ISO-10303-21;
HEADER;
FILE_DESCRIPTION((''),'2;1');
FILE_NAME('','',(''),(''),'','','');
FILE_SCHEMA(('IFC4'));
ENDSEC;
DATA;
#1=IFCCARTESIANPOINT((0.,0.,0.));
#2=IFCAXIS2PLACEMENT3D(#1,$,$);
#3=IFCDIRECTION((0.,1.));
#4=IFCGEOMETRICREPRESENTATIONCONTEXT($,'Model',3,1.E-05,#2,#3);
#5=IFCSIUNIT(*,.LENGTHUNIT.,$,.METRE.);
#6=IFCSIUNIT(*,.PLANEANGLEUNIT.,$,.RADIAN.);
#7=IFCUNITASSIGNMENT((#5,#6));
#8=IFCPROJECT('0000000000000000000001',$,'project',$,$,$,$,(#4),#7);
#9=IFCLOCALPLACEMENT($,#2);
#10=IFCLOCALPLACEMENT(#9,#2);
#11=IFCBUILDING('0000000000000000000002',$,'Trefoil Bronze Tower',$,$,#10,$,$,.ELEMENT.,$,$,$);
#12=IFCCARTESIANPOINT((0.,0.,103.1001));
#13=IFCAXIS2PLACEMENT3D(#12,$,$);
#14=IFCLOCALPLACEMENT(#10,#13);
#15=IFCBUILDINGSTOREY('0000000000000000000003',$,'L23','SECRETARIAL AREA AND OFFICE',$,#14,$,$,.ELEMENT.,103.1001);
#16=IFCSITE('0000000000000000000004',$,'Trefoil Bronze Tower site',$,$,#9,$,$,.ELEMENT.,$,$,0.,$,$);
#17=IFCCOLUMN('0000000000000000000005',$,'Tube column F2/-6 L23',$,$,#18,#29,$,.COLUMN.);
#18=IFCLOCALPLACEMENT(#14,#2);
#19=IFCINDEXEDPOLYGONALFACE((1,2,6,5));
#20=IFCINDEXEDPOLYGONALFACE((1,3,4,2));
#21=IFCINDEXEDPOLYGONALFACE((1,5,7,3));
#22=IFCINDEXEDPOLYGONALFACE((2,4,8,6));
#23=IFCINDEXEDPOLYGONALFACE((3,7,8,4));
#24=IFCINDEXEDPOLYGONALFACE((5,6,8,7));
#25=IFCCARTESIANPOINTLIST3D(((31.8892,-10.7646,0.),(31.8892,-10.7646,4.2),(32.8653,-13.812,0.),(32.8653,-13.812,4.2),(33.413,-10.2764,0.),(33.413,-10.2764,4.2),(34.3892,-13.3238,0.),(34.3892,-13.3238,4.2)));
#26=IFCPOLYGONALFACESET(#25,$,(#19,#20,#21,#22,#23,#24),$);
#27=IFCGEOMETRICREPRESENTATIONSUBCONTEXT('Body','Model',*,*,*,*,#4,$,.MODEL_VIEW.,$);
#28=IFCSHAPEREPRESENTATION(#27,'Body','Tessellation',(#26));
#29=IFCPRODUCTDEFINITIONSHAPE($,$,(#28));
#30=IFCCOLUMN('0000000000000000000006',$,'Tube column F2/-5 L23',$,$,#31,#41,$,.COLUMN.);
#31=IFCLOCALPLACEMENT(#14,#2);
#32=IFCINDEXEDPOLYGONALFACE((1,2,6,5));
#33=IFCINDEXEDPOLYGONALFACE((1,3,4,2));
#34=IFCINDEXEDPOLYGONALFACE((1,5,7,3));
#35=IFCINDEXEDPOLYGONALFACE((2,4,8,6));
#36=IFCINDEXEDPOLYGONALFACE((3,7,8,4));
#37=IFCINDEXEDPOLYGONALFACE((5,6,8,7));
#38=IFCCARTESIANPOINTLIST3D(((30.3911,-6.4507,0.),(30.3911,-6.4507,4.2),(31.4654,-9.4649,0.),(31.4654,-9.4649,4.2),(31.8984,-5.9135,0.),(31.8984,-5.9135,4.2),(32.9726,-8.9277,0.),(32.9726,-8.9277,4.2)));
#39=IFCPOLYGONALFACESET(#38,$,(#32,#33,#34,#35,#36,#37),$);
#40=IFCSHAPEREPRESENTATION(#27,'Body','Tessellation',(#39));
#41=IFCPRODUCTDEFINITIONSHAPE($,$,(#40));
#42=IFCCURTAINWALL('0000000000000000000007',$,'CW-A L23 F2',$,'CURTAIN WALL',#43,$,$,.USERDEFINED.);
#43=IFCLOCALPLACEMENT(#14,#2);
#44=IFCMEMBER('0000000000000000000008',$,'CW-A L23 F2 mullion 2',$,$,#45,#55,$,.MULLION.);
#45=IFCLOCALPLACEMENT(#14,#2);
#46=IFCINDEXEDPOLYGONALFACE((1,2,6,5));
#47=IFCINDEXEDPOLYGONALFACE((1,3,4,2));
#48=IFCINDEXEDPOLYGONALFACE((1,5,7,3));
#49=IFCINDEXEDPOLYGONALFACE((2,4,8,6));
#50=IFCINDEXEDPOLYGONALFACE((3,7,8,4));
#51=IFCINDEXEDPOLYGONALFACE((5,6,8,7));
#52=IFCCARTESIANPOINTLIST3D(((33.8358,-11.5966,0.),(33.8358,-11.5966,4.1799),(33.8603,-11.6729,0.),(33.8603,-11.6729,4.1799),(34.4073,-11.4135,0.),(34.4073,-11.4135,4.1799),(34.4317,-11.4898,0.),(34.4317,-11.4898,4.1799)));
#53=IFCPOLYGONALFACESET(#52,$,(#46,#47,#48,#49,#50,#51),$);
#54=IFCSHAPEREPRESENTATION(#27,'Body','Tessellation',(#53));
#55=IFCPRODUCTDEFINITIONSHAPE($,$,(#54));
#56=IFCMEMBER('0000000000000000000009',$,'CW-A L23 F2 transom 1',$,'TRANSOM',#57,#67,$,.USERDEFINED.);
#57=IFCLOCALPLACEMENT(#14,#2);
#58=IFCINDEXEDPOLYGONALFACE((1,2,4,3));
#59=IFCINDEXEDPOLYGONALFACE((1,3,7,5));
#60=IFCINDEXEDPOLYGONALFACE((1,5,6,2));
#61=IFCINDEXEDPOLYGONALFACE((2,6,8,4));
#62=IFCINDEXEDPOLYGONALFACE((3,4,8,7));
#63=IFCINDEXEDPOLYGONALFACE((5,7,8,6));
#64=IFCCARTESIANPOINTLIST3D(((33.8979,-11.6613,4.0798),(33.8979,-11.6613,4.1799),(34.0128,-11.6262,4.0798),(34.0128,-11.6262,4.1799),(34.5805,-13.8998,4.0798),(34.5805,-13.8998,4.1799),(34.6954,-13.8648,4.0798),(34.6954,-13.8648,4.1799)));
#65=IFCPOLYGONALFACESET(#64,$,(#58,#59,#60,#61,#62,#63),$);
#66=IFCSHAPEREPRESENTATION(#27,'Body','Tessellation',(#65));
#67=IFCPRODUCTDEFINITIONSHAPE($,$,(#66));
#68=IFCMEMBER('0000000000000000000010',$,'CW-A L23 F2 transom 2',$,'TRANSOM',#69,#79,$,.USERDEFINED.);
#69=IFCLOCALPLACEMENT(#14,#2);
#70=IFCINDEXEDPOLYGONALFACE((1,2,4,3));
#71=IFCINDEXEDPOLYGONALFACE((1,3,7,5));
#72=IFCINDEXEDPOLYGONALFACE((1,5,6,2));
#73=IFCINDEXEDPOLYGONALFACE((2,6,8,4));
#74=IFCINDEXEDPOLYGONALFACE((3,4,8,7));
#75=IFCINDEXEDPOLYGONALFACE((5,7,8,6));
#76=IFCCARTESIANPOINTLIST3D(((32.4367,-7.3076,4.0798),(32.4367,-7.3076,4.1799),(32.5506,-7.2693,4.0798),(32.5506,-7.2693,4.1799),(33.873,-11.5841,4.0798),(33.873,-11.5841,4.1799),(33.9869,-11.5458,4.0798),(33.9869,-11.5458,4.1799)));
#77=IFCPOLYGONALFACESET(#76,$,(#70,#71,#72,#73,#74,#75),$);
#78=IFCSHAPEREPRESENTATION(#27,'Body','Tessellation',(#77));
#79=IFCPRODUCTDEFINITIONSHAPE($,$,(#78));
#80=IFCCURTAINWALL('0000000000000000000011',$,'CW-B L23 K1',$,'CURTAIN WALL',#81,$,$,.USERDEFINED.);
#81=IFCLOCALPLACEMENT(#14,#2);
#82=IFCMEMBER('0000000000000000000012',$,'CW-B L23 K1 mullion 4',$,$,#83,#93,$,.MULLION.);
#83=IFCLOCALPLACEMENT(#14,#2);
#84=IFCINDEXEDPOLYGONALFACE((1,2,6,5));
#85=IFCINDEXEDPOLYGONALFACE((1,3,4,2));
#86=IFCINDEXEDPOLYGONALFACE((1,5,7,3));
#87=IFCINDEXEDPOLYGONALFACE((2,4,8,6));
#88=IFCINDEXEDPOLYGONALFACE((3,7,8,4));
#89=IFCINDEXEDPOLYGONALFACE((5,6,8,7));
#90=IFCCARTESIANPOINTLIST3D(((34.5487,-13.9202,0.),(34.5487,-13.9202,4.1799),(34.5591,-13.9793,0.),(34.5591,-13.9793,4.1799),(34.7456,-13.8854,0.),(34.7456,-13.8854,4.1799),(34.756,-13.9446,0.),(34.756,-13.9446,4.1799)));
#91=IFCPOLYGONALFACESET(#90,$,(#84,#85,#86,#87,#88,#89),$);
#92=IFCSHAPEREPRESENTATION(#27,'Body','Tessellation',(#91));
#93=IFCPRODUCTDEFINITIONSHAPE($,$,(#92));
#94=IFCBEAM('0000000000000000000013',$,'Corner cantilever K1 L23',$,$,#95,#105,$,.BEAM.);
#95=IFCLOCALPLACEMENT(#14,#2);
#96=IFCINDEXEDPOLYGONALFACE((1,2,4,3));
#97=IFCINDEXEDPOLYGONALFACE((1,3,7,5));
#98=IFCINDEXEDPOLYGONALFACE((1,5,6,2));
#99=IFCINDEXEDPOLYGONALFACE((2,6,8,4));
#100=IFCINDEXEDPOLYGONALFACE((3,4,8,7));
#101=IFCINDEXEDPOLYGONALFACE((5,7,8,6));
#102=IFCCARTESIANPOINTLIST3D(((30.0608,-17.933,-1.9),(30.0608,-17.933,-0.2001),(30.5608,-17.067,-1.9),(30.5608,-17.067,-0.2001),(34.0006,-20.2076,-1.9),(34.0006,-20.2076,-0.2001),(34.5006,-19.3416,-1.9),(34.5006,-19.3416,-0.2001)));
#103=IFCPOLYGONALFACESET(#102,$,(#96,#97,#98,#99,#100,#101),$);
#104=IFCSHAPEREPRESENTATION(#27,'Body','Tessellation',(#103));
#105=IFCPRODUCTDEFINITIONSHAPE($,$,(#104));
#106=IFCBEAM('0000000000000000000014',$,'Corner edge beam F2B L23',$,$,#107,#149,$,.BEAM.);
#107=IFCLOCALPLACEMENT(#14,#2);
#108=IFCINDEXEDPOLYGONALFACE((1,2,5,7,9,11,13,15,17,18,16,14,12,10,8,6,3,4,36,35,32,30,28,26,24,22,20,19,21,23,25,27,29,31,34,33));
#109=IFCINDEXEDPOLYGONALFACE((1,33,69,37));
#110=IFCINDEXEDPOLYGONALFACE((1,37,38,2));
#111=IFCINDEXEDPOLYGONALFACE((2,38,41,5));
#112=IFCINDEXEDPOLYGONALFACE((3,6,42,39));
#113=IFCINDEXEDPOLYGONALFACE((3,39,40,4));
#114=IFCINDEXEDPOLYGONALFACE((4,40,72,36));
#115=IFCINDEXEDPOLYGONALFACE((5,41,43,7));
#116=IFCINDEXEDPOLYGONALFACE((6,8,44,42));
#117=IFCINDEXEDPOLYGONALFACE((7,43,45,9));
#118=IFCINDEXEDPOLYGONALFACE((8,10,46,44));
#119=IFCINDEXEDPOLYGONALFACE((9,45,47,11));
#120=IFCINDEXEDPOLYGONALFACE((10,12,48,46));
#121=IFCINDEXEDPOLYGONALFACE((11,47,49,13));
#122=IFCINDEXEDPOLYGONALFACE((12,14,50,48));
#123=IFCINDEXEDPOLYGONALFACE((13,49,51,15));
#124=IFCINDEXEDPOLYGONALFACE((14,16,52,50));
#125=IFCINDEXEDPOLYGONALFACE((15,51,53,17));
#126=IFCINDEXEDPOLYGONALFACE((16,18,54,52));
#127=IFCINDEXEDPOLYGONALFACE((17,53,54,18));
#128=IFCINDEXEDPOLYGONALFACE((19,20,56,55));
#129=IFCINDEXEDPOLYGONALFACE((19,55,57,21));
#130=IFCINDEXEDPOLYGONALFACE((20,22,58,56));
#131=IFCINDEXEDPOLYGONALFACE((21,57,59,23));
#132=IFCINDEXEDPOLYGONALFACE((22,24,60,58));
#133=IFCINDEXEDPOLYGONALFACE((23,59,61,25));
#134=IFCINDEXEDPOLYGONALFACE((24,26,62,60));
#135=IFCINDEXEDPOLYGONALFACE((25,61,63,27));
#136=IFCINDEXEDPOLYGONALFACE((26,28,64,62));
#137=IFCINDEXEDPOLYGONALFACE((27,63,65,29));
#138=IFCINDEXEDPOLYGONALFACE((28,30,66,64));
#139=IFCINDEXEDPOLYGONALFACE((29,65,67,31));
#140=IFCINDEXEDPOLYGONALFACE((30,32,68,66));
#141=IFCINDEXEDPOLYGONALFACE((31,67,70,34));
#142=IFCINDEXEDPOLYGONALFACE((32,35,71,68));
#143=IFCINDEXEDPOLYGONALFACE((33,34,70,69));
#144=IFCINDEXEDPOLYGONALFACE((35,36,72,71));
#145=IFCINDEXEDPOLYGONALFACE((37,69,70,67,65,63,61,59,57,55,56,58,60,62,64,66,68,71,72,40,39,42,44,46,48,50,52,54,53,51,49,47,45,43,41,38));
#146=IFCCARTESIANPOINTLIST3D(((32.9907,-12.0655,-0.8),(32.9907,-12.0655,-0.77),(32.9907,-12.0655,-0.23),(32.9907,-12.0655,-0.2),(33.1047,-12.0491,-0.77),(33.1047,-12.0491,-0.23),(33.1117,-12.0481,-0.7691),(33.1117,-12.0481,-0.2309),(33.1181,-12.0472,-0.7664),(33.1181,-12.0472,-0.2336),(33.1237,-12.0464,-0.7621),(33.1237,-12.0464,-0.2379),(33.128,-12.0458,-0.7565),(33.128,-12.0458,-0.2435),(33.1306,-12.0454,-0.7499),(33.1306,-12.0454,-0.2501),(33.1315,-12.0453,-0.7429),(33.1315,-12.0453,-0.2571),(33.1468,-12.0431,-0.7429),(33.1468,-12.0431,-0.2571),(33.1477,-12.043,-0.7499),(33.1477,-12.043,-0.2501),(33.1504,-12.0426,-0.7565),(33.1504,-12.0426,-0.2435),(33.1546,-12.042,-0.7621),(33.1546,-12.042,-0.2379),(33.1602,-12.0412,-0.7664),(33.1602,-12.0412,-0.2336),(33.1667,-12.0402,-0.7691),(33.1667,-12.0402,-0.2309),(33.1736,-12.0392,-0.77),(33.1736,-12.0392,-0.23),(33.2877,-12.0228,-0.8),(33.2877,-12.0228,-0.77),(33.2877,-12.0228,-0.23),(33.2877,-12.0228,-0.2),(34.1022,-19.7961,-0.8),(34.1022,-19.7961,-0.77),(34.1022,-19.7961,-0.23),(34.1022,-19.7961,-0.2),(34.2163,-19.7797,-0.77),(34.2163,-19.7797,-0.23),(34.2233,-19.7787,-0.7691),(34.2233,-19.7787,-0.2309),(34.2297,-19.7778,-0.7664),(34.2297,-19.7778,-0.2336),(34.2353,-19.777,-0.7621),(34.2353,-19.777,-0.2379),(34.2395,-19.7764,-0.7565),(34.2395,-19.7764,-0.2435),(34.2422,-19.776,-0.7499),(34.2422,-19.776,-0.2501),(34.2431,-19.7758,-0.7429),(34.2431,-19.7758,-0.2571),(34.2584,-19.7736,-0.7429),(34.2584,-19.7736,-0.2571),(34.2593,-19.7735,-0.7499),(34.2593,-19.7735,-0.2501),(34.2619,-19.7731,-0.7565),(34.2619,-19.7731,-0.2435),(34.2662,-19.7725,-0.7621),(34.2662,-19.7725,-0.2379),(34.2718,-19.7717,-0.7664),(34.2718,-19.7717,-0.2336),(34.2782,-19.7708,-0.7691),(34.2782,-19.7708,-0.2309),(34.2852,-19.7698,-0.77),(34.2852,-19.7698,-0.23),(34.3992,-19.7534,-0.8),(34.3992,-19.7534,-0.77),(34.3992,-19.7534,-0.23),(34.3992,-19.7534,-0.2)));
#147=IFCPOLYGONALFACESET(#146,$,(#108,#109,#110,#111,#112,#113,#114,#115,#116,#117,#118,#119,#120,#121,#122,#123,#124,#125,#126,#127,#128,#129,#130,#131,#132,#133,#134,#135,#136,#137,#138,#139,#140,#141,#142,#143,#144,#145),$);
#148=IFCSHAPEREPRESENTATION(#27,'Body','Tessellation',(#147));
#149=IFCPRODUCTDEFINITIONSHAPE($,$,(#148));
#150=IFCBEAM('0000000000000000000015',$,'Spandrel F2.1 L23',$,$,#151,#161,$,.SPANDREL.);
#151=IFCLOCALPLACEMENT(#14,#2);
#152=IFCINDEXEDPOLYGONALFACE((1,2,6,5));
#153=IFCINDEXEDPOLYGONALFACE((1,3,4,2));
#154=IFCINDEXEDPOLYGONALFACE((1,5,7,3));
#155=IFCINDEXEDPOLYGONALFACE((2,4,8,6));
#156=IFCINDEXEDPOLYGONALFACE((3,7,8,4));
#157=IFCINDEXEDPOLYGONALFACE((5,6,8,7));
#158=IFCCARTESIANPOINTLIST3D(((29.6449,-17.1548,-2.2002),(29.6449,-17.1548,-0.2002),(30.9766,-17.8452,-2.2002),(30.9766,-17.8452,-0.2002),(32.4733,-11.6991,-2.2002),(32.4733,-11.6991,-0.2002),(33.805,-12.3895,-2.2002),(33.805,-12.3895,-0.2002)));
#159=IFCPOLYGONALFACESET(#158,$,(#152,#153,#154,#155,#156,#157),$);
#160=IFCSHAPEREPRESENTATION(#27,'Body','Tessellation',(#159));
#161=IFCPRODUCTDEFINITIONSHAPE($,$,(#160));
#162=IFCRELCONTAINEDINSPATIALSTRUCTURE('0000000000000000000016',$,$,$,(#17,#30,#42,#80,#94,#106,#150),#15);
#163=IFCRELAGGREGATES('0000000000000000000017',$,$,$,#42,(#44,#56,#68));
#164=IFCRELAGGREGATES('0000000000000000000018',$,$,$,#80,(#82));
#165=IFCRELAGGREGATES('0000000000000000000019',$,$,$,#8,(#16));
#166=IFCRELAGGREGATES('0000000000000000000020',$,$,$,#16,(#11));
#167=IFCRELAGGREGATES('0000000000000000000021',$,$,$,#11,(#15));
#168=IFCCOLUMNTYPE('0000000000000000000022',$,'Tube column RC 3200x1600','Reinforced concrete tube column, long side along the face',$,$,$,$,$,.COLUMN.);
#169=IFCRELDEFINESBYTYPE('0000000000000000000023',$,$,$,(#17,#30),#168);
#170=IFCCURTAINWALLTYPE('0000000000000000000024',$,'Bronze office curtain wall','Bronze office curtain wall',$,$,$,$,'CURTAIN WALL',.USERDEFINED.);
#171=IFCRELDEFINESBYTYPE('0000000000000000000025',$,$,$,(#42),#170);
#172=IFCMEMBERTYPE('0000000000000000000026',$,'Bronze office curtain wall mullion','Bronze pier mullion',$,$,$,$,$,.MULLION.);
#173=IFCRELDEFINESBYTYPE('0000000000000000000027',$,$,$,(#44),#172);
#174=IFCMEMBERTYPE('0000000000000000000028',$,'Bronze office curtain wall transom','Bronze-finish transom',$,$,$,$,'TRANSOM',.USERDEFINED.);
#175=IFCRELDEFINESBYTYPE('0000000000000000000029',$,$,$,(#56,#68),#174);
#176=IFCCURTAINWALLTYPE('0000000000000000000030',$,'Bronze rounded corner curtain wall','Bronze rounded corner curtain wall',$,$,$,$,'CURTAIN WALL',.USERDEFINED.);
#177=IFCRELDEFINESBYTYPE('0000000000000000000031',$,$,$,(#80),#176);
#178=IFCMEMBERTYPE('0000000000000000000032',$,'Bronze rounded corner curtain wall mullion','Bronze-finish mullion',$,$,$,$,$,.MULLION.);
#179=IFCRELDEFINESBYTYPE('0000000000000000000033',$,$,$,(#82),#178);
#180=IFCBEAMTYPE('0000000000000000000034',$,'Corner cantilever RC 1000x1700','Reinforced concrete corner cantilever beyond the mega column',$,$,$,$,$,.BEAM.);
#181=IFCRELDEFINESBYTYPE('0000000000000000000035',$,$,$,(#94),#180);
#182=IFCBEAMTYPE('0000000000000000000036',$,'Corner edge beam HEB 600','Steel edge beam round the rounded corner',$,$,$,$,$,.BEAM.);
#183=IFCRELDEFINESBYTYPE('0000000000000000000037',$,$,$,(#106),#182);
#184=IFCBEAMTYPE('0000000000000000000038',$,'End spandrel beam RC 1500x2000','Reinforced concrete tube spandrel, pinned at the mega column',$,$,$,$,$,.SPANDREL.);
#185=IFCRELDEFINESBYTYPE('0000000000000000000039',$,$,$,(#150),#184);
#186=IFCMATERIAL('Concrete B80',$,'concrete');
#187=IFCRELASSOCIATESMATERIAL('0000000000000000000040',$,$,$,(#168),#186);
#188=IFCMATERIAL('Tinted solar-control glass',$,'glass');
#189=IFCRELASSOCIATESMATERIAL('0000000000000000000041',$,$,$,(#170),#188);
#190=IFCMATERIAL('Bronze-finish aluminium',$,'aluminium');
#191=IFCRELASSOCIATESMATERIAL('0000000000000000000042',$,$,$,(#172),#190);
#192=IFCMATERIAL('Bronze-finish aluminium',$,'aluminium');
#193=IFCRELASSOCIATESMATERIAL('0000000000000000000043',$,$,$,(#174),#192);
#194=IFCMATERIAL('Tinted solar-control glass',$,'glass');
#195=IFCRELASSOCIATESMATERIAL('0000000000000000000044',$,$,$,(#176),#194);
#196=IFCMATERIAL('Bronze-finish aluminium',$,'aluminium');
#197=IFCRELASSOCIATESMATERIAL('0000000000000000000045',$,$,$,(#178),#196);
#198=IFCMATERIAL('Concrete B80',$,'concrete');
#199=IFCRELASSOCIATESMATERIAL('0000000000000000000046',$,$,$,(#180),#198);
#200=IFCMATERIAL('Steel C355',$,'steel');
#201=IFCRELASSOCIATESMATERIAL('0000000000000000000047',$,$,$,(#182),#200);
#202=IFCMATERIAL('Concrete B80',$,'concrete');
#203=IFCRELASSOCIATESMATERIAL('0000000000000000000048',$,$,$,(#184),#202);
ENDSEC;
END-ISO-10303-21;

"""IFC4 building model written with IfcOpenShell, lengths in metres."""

from ifc_helpers import new_model, si_unit, direction, frame, origin, origin_2d, place, context, subcontext, project, spatial, rectangle, i_section, extrude, material, material_profile, profile_set, type_object, element, aggregate, save


model = new_model("IFC4")

# Units and contexts
model_context = context("Model", 3, precision=1e-05, world=origin(), true_north=direction((0.0, 1.0)))
body_context = subcontext(model_context, "Body", "Model", "MODEL_VIEW")
ifc_project = project(units=[si_unit("LENGTHUNIT", "METRE"), si_unit("PLANEANGLEUNIT", "RADIAN")], contexts=[model_context])

# Site, building, storey
site_placement = place(None, origin())
site = spatial("IfcSite", under=ifc_project, at=site_placement, Name="Trefoil Bronze Tower site", CompositionType="ELEMENT", RefElevation=0.0)
building_placement = place(site_placement, origin())
building = spatial("IfcBuilding", under=site, at=building_placement, Name="Trefoil Bronze Tower", CompositionType="ELEMENT")
storey_placement = place(building_placement, frame((0.0, 0.0, 103.1001)))
storey = spatial("IfcBuildingStorey", under=building, at=storey_placement, Name="L23", Description="SECRETARIAL AREA AND OFFICE", CompositionType="ELEMENT", Elevation=103.1001)

# Columns
ifc_material_1 = material(Name="Concrete B80", Category="concrete")
ifc_material_profile_1 = material_profile(ifc_material_1, rectangle(XDim=3.2, YDim=1.6001, at=origin_2d()), Name="RC 3200x1600")
ifc_profile_set_1 = profile_set([ifc_material_profile_1], Name="Concrete B80")
column_type = type_object("IfcColumnType", Name="Tube column RC 3200x1600", Description="Reinforced concrete tube column, long side along the face", PredefinedType="COLUMN", material=ifc_profile_set_1)
for number, where, z_axis, x_axis, name in (
    (1, (33.1392, -12.0442, 0.0), (0.0, 0.0, 1.0), (-0.305066, 0.952331, 0.0), "Tube column F2/-6 L23"),
    (2, (31.6819, -7.6892, 0.0), (0.0, 0.0, 1.0), (-0.335718, 0.941963, 0.0), "Tube column F2/-5 L23"),
):
    element("IfcColumn", number, at=place(storey_placement, frame(where, z_axis=z_axis, x_axis=x_axis)), inside=storey, type_object=column_type, Name=name, PredefinedType="COLUMN", context=body_context, shape_type="SweptSolid", body=[
        extrude(rectangle(XDim=3.2, YDim=1.6001, at=origin_2d()), origin(), (0.0, 0.0, 1.0), 4.2),
    ])

# Curtain wall, members
ifc_material_2 = material(Name="Tinted solar-control glass", Category="glass")
curtain_wall_type_1 = type_object("IfcCurtainWallType", Name="Bronze office curtain wall", Description="Bronze office curtain wall", ElementType="CURTAIN WALL", PredefinedType="USERDEFINED", material=ifc_material_2)
curtain_wall_1_placement = place(storey_placement, origin())
curtain_wall_1 = element("IfcCurtainWall", 3, at=curtain_wall_1_placement, inside=storey, type_object=curtain_wall_type_1, Name="CW-A L23 F2", ObjectType="CURTAIN WALL", PredefinedType="USERDEFINED")
ifc_material_3 = material(Name="Bronze-finish aluminium", Category="aluminium")
ifc_material_profile_2 = material_profile(ifc_material_3, rectangle(XDim=0.6001, YDim=0.0801, at=origin_2d()), Name="CW-A mullion")
ifc_profile_set_2 = profile_set([ifc_material_profile_2], Name="Bronze-finish aluminium")
member_type_1 = type_object("IfcMemberType", Name="Bronze office curtain wall mullion", Description="Bronze pier mullion", PredefinedType="MULLION", material=ifc_profile_set_2)
member_1_placement = place(storey_placement, frame((34.1338, -11.5432, 0.0), z_axis=(0.0, 0.0, 1.0), x_axis=(-0.952331, -0.305066, 0.0)))
member_1 = element("IfcMember", 4, at=member_1_placement, type_object=member_type_1, Name="CW-A L23 F2 mullion 2", PredefinedType="MULLION", context=body_context, shape_type="SweptSolid", body=[
    extrude(rectangle(XDim=0.6001, YDim=0.0801, at=origin_2d()), origin(), (0.0, 0.0, 1.0), 4.1799),
])
ifc_material_4 = material(Name="Bronze-finish aluminium", Category="aluminium")
ifc_material_profile_3 = material_profile(ifc_material_4, rectangle(XDim=0.1201, YDim=0.1001, at=origin_2d()), Name="CW-A transom")
ifc_profile_set_3 = profile_set([ifc_material_profile_3], Name="Bronze-finish aluminium")
member_type_2 = type_object("IfcMemberType", Name="Bronze office curtain wall transom", Description="Bronze-finish transom", ElementType="TRANSOM", PredefinedType="USERDEFINED", material=ifc_profile_set_3)
member_2_placement = place(storey_placement, frame((34.6379, -13.8823, 4.1299), z_axis=(-0.29168, 0.956516, 0.0), x_axis=(-0.956516, -0.29168, 0.0)))
member_2 = element("IfcMember", 5, at=member_2_placement, type_object=member_type_2, Name="CW-A L23 F2 transom 1", ObjectType="TRANSOM", PredefinedType="USERDEFINED", context=body_context, shape_type="SweptSolid", body=[
    extrude(rectangle(XDim=0.1201, YDim=0.1001, at=origin_2d()), origin(), (0.0, 0.0, 1.0), 2.3403),
])
member_3_placement = place(storey_placement, frame((33.9299, -11.5649, 4.1299), z_axis=(-0.318386, 0.947961, 0.0), x_axis=(-0.947961, -0.318386, 0.0)))
member_3 = element("IfcMember", 6, at=member_3_placement, type_object=member_type_2, Name="CW-A L23 F2 transom 2", ObjectType="TRANSOM", PredefinedType="USERDEFINED", context=body_context, shape_type="SweptSolid", body=[
    extrude(rectangle(XDim=0.1201, YDim=0.1001, at=origin_2d()), origin(), (0.0, 0.0, 1.0), 4.5112),
])

# Curtain wall, member
ifc_material_5 = material(Name="Tinted solar-control glass", Category="glass")
curtain_wall_type_2 = type_object("IfcCurtainWallType", Name="Bronze rounded corner curtain wall", Description="Bronze rounded corner curtain wall", ElementType="CURTAIN WALL", PredefinedType="USERDEFINED", material=ifc_material_5)
curtain_wall_2_placement = place(storey_placement, origin())
curtain_wall_2 = element("IfcCurtainWall", 7, at=curtain_wall_2_placement, inside=storey, type_object=curtain_wall_type_2, Name="CW-B L23 K1", ObjectType="CURTAIN WALL", PredefinedType="USERDEFINED")
ifc_material_6 = material(Name="Bronze-finish aluminium", Category="aluminium")
ifc_material_profile_4 = material_profile(ifc_material_6, rectangle(XDim=0.2, YDim=0.0601, at=origin_2d()), Name="CW-B mullion")
ifc_profile_set_4 = profile_set([ifc_material_profile_4], Name="Bronze-finish aluminium")
member_type_3 = type_object("IfcMemberType", Name="Bronze rounded corner curtain wall mullion", Description="Bronze-finish mullion", PredefinedType="MULLION", material=ifc_profile_set_4)
member_4_placement = place(storey_placement, frame((34.6523, -13.9324, 0.0), z_axis=(0.0, 0.0, 1.0), x_axis=(-0.984808, -0.173648, 0.0)))
member_4 = element("IfcMember", 8, at=member_4_placement, type_object=member_type_3, Name="CW-B L23 K1 mullion 4", PredefinedType="MULLION", context=body_context, shape_type="SweptSolid", body=[
    extrude(rectangle(XDim=0.2, YDim=0.0601, at=origin_2d()), origin(), (0.0, 0.0, 1.0), 4.1799),
])

# Beams
ifc_material_7 = material(Name="Concrete B80", Category="concrete")
ifc_material_profile_5 = material_profile(ifc_material_7, rectangle(XDim=1.0, YDim=1.7, at=origin_2d()), Name="RC 1000x1700")
ifc_profile_set_5 = profile_set([ifc_material_profile_5], Name="Concrete B80")
beam_type_1 = type_object("IfcBeamType", Name="Corner cantilever RC 1000x1700", Description="Reinforced concrete corner cantilever beyond the mega column", PredefinedType="BEAM", material=ifc_profile_set_5)
beam_1_placement = place(storey_placement, frame((30.3108, -17.5, -1.05), z_axis=(0.866032, -0.499989, 0.0), x_axis=(0.499989, 0.866032, 0.0)))
element("IfcBeam", 9, at=beam_1_placement, inside=storey, type_object=beam_type_1, Name="Corner cantilever K1 L23", PredefinedType="BEAM", context=body_context, shape_type="SweptSolid", body=[
    extrude(rectangle(XDim=1.0, YDim=1.7, at=origin_2d()), origin(), (0.0, 0.0, 1.0), 4.5493),
])
ifc_material_8 = material(Name="Steel C355", Category="steel")
ifc_material_profile_6 = material_profile(ifc_material_8, i_section(OverallWidth=0.3, OverallDepth=0.6001, WebThickness=0.0154, FlangeThickness=0.03, FilletRadius=0.0271, at=origin_2d()), Name="HEB 600")
ifc_profile_set_6 = profile_set([ifc_material_profile_6], Name="Steel C355")
beam_type_2 = type_object("IfcBeamType", Name="Corner edge beam HEB 600", Description="Steel edge beam round the rounded corner", PredefinedType="BEAM", material=ifc_profile_set_6)
beam_2_placement = place(storey_placement, frame((33.1392, -12.0442, -0.5), z_axis=(0.142327, -0.98982, 0.0), x_axis=(0.98982, 0.142327, 0.0)))
element("IfcBeam", 10, at=beam_2_placement, inside=storey, type_object=beam_type_2, Name="Corner edge beam F2B L23", PredefinedType="BEAM", context=body_context, shape_type="SweptSolid", body=[
    extrude(i_section(OverallWidth=0.3, OverallDepth=0.6001, WebThickness=0.0154, FlangeThickness=0.03, FilletRadius=0.0271, at=origin_2d()), origin(), (0.0, 0.0, 1.0), 7.8101),
])
ifc_material_9 = material(Name="Concrete B80", Category="concrete")
ifc_material_profile_7 = material_profile(ifc_material_9, rectangle(XDim=1.5, YDim=2.0, at=origin_2d()), Name="RC 1500x2000")
ifc_profile_set_7 = profile_set([ifc_material_profile_7], Name="Concrete B80")
beam_type_3 = type_object("IfcBeamType", Name="End spandrel beam RC 1500x2000", Description="Reinforced concrete tube spandrel, pinned at the mega column", PredefinedType="SPANDREL", material=ifc_profile_set_7)
beam_3_placement = place(storey_placement, frame((30.3108, -17.5, -1.2002), z_axis=(0.460244, 0.887792, 0.0), x_axis=(-0.887792, 0.460244, 0.0)))
element("IfcBeam", 11, at=beam_3_placement, inside=storey, type_object=beam_type_3, Name="Spandrel F2.1 L23", PredefinedType="SPANDREL", context=body_context, shape_type="SweptSolid", body=[
    extrude(rectangle(XDim=1.5, YDim=2.0, at=origin_2d()), origin(), (0.0, 0.0, 1.0), 6.1453),
])

aggregate(curtain_wall_1, [member_1, member_2, member_3])
aggregate(curtain_wall_2, [member_4])

save(model, "model.ifc")
